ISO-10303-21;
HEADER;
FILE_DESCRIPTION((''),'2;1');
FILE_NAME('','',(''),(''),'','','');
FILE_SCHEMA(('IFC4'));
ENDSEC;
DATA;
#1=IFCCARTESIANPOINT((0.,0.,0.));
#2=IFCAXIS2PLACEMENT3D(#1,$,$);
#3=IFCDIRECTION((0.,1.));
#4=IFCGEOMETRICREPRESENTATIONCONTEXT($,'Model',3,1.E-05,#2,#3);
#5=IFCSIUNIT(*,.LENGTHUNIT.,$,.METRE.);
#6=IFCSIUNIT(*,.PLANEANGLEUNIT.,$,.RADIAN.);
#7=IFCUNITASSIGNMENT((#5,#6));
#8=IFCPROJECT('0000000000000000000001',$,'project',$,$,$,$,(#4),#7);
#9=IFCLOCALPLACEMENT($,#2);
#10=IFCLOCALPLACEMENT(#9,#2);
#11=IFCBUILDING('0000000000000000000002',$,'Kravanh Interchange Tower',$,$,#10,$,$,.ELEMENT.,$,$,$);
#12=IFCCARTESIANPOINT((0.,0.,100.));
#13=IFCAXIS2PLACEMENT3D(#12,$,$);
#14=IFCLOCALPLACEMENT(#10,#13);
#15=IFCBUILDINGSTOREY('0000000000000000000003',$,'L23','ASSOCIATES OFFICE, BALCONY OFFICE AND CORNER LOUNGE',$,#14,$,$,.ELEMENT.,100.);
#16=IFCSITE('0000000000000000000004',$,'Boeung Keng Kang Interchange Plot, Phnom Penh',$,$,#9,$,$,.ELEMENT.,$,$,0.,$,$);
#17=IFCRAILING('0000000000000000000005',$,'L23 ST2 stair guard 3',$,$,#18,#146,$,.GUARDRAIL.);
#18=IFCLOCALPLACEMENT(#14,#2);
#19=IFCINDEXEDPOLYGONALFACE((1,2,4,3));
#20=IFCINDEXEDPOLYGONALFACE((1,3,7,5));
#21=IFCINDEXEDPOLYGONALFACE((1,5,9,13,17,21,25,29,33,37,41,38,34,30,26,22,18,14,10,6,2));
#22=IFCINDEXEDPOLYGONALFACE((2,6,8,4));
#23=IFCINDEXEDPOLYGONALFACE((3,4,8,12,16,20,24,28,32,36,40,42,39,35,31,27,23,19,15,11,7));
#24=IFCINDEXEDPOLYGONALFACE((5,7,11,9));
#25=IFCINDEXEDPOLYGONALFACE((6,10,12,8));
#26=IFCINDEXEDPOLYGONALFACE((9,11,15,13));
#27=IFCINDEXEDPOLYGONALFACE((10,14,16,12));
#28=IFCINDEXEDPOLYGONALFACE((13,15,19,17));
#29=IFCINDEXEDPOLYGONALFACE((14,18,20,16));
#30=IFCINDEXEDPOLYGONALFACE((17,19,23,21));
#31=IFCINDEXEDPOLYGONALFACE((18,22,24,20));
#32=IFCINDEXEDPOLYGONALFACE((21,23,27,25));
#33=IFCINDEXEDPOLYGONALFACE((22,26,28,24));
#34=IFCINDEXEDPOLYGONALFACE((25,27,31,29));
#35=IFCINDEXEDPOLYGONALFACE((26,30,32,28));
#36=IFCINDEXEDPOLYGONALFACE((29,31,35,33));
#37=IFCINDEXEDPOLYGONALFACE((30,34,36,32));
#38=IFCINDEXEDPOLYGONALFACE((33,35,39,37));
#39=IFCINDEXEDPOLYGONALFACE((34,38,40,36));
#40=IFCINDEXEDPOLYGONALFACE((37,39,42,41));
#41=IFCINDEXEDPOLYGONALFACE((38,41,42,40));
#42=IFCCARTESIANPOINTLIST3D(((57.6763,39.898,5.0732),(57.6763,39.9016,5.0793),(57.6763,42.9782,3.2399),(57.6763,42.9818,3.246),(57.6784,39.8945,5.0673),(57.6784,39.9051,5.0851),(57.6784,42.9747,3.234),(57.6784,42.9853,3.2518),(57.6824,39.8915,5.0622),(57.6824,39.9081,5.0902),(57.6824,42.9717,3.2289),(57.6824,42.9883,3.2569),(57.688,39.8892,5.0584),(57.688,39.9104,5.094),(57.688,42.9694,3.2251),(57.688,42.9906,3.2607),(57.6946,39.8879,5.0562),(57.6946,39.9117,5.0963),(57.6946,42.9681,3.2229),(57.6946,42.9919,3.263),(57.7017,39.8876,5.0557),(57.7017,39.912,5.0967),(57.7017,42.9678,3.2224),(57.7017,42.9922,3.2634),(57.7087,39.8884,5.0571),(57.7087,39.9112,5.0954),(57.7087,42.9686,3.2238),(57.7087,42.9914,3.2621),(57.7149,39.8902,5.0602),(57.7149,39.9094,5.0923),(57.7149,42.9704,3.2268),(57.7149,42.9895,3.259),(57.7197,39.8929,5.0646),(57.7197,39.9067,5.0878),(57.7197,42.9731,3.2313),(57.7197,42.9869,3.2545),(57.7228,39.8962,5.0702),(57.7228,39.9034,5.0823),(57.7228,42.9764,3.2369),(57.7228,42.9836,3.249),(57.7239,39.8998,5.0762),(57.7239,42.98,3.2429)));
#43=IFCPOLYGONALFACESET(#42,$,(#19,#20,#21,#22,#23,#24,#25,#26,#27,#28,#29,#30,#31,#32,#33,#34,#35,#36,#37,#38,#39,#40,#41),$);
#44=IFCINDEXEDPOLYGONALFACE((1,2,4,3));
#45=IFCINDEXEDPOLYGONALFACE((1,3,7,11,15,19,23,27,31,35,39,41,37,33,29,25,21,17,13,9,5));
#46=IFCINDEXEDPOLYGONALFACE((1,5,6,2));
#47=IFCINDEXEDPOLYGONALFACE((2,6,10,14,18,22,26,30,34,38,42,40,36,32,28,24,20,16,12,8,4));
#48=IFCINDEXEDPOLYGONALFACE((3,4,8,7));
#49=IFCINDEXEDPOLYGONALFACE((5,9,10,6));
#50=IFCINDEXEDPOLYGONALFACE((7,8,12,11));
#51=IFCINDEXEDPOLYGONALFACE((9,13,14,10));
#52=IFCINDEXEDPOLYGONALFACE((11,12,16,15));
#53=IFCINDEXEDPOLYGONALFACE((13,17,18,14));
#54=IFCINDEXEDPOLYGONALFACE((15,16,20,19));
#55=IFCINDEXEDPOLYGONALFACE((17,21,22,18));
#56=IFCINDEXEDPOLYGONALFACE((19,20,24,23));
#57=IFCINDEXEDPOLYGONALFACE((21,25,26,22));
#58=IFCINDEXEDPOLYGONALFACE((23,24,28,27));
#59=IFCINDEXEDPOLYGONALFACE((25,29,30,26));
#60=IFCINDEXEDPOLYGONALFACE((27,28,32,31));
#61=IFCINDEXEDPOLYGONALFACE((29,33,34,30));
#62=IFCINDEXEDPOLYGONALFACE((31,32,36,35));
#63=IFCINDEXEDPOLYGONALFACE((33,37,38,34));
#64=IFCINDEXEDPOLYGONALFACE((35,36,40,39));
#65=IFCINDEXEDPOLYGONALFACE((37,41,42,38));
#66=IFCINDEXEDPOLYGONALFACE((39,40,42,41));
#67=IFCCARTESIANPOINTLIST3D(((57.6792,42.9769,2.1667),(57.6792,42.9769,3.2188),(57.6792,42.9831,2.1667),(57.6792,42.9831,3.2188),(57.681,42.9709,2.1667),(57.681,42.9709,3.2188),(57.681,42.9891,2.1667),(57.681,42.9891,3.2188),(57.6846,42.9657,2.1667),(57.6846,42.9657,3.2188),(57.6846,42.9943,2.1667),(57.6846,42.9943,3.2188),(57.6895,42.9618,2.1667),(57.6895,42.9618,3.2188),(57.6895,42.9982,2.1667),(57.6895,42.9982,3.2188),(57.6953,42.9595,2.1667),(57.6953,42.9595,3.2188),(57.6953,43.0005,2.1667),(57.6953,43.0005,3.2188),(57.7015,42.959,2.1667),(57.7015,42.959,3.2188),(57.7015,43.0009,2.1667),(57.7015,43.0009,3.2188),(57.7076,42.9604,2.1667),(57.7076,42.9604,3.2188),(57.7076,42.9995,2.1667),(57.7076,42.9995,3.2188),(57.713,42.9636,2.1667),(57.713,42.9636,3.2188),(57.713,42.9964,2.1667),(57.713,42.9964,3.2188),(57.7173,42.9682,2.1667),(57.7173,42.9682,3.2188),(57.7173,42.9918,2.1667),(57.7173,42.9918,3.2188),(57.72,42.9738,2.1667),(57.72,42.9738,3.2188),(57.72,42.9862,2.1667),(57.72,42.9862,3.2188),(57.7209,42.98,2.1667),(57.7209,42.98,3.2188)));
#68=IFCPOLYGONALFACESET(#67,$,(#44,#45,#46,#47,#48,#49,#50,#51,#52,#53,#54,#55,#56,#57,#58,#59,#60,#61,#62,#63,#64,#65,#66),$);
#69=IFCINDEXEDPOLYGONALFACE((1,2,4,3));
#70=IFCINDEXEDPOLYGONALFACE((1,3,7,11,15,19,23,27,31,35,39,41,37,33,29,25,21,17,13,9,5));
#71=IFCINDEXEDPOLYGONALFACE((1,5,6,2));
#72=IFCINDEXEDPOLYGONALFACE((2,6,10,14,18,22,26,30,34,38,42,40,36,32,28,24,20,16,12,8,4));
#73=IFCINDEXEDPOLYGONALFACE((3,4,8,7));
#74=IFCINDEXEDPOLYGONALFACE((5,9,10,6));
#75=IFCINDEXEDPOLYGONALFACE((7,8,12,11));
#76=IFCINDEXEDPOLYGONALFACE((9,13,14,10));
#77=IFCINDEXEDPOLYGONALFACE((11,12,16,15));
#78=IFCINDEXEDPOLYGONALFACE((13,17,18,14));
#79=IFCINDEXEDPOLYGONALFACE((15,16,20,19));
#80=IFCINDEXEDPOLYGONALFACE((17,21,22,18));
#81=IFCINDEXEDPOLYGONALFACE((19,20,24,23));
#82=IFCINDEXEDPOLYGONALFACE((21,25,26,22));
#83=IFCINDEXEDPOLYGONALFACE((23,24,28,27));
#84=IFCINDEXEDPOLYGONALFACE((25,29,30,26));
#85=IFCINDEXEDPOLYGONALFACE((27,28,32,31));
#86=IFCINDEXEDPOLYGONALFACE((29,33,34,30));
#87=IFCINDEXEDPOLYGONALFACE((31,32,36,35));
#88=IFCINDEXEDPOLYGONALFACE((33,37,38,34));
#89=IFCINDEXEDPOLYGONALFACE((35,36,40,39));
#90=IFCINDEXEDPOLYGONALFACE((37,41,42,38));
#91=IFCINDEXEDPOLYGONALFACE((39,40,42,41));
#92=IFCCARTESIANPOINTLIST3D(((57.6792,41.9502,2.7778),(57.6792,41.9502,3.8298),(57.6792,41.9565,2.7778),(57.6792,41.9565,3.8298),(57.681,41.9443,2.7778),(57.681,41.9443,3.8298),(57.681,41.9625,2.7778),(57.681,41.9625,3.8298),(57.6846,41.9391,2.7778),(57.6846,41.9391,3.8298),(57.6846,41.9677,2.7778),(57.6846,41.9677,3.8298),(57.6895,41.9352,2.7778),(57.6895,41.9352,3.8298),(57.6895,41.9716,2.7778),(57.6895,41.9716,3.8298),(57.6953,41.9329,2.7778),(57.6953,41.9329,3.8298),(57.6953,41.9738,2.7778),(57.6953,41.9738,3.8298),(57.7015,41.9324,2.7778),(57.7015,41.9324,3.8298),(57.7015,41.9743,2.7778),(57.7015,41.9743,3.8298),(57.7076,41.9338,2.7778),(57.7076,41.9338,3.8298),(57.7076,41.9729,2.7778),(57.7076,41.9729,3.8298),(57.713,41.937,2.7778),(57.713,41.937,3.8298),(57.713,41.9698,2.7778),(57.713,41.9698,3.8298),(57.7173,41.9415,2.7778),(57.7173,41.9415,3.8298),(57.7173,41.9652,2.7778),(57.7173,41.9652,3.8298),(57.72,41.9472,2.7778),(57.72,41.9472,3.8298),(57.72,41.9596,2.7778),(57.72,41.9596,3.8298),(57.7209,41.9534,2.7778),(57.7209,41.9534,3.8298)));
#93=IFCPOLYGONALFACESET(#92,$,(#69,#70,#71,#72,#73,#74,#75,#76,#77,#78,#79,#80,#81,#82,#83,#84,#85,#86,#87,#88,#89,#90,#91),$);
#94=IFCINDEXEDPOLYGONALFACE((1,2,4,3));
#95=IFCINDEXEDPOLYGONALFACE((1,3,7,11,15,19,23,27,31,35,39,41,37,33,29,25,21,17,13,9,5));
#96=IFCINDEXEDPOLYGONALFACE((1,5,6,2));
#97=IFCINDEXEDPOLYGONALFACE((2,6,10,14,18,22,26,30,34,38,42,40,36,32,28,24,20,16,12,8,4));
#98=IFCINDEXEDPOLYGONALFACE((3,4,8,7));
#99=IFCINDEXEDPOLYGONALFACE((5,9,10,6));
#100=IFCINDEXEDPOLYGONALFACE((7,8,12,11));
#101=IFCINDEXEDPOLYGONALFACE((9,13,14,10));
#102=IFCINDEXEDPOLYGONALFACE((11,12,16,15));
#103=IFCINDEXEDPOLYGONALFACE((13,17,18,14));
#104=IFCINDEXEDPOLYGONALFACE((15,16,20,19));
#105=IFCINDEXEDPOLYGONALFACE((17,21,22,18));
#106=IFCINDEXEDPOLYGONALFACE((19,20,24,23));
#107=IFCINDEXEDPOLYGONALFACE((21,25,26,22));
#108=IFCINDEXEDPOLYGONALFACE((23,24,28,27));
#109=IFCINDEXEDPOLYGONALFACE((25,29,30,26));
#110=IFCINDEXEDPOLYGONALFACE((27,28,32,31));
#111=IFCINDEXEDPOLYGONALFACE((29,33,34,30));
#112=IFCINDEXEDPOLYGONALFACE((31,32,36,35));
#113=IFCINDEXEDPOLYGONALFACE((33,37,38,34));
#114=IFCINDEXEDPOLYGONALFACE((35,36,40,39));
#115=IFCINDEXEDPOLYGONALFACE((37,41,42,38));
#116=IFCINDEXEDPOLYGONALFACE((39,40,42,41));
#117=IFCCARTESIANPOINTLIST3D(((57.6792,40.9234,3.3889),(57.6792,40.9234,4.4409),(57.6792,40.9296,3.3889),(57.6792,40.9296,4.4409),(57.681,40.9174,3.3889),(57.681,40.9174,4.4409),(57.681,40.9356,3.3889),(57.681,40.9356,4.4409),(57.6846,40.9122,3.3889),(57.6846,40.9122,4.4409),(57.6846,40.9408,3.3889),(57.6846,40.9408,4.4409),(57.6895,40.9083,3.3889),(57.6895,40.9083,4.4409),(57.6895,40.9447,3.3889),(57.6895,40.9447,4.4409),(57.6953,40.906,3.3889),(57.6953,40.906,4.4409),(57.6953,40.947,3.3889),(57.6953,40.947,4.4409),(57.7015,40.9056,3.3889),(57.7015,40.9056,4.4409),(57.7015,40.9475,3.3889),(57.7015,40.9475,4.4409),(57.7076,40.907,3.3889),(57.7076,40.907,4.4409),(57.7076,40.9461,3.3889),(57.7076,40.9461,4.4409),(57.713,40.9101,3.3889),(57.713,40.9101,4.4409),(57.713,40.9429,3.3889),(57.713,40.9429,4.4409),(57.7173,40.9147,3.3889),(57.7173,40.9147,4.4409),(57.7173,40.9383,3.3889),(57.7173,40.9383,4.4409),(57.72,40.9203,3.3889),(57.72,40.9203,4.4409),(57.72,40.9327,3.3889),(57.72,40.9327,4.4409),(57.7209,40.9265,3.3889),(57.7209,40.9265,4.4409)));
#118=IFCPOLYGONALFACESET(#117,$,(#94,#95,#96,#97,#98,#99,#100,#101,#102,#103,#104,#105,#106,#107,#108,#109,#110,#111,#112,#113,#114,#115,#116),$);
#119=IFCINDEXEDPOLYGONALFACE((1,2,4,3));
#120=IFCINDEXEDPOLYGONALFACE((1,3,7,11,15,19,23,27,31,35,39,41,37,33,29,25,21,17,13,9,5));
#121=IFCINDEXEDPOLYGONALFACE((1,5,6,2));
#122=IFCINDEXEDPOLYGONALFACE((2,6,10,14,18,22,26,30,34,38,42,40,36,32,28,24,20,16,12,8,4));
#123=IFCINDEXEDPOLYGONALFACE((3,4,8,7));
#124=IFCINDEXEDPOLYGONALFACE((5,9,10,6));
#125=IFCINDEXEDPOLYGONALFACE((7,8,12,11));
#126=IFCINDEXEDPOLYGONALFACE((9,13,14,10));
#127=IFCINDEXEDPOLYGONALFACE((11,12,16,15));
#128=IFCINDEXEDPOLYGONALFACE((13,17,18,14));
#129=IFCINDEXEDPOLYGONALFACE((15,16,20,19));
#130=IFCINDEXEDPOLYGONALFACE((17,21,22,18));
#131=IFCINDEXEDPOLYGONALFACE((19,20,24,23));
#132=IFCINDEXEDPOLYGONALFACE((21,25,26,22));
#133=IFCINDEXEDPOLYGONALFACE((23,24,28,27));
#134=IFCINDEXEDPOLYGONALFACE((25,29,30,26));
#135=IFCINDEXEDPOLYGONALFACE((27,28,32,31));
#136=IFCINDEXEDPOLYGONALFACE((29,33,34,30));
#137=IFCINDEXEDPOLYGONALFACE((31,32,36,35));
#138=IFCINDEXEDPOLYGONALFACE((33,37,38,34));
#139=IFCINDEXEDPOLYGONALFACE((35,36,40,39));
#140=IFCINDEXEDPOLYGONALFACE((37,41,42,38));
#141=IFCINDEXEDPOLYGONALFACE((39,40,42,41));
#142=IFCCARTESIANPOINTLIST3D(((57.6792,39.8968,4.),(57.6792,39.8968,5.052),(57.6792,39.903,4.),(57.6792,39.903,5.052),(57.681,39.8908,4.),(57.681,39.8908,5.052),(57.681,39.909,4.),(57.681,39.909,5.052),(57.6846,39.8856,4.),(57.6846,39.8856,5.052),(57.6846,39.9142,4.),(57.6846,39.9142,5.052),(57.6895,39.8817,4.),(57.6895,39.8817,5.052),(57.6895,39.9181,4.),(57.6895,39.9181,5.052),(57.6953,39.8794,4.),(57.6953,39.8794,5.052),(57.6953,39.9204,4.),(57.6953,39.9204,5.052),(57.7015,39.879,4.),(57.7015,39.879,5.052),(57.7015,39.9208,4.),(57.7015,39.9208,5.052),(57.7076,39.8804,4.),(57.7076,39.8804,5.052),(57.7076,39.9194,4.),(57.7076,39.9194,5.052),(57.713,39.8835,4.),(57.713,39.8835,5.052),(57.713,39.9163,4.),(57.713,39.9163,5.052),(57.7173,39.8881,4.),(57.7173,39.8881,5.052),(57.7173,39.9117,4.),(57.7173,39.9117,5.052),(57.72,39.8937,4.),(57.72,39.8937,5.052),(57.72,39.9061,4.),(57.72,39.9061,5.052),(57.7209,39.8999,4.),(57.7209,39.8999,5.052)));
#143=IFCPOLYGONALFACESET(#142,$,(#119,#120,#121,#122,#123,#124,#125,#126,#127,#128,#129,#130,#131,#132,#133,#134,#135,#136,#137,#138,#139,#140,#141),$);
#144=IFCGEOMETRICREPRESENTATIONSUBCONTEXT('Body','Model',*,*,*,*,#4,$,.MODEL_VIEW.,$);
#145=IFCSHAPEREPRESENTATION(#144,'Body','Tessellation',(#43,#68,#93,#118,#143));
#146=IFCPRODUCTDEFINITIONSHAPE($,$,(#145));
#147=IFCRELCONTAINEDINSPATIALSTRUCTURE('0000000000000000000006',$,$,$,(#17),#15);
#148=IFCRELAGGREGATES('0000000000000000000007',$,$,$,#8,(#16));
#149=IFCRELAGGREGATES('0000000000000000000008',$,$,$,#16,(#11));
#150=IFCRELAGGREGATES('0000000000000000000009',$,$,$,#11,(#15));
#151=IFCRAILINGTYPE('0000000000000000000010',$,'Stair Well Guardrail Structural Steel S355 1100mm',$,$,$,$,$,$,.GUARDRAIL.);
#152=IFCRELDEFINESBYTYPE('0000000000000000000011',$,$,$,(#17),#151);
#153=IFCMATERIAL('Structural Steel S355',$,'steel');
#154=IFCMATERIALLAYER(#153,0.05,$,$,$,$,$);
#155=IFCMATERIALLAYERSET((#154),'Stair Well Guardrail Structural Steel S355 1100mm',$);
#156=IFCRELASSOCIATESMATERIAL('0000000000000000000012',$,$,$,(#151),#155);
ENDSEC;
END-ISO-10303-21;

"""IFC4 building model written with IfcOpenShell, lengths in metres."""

from ifc_helpers import new_model, si_unit, direction, frame, origin, origin_2d, place, context, subcontext, project, spatial, circle, extrude, material, layer, layer_set, type_object, element, save


model = new_model("IFC4")

# Units and contexts
model_context = context("Model", 3, precision=1e-05, world=origin(), true_north=direction((0.0, 1.0)))
body_context = subcontext(model_context, "Body", "Model", "MODEL_VIEW")
ifc_project = project(units=[si_unit("LENGTHUNIT", "METRE"), si_unit("PLANEANGLEUNIT", "RADIAN")], contexts=[model_context])

# Site, building, storey
site_placement = place(None, origin())
site = spatial("IfcSite", under=ifc_project, at=site_placement, Name="Boeung Keng Kang Interchange Plot, Phnom Penh", CompositionType="ELEMENT", RefElevation=0.0)
building_placement = place(site_placement, origin())
building = spatial("IfcBuilding", under=site, at=building_placement, Name="Kravanh Interchange Tower", CompositionType="ELEMENT")
storey_placement = place(building_placement, frame((0.0, 0.0, 100.0)))
storey = spatial("IfcBuildingStorey", under=building, at=storey_placement, Name="L23", Description="ASSOCIATES OFFICE, BALCONY OFFICE AND CORNER LOUNGE", CompositionType="ELEMENT", Elevation=100.0)

# Railing
ifc_material_1 = material(Name="Structural Steel S355", Category="steel")
ifc_layer_1 = layer(ifc_material_1, 0.05)
ifc_layer_set_1 = layer_set([ifc_layer_1], Name="Stair Well Guardrail Structural Steel S355 1100mm")
railing_type_1 = type_object("IfcRailingType", Name="Stair Well Guardrail Structural Steel S355 1100mm", PredefinedType="GUARDRAIL", material=ifc_layer_set_1)
railing_1_placement = place(storey_placement, frame((57.7, 42.98, 2.1667)))
element("IfcRailing", 1, at=railing_1_placement, inside=storey, type_object=railing_type_1, Name="L23 ST2 stair guard 3", PredefinedType="GUARDRAIL", context=body_context, shape_type="SweptSolid", body=[
    extrude(circle(Radius=0.0239, at=origin_2d()), frame((0.0, 0.0, 1.0762), z_axis=(0.0, -0.859309, 0.511458), x_axis=(1.0, 0.0, 0.0)), (0.0, 0.0, 1.0), 3.5845),
    extrude(circle(Radius=0.021, at=origin_2d()), origin(), (0.0, 0.0, 1.0), 1.052),
    extrude(circle(Radius=0.021, at=origin_2d()), frame((0.0, -1.0266, 0.6111)), (0.0, 0.0, 1.0), 1.052),
    extrude(circle(Radius=0.021, at=origin_2d()), frame((0.0, -2.0535, 1.2222)), (0.0, 0.0, 1.0), 1.052),
    extrude(circle(Radius=0.021, at=origin_2d()), frame((0.0, -3.0801, 1.8333)), (0.0, 0.0, 1.0), 1.052),
])

save(model, "model.ifc")
